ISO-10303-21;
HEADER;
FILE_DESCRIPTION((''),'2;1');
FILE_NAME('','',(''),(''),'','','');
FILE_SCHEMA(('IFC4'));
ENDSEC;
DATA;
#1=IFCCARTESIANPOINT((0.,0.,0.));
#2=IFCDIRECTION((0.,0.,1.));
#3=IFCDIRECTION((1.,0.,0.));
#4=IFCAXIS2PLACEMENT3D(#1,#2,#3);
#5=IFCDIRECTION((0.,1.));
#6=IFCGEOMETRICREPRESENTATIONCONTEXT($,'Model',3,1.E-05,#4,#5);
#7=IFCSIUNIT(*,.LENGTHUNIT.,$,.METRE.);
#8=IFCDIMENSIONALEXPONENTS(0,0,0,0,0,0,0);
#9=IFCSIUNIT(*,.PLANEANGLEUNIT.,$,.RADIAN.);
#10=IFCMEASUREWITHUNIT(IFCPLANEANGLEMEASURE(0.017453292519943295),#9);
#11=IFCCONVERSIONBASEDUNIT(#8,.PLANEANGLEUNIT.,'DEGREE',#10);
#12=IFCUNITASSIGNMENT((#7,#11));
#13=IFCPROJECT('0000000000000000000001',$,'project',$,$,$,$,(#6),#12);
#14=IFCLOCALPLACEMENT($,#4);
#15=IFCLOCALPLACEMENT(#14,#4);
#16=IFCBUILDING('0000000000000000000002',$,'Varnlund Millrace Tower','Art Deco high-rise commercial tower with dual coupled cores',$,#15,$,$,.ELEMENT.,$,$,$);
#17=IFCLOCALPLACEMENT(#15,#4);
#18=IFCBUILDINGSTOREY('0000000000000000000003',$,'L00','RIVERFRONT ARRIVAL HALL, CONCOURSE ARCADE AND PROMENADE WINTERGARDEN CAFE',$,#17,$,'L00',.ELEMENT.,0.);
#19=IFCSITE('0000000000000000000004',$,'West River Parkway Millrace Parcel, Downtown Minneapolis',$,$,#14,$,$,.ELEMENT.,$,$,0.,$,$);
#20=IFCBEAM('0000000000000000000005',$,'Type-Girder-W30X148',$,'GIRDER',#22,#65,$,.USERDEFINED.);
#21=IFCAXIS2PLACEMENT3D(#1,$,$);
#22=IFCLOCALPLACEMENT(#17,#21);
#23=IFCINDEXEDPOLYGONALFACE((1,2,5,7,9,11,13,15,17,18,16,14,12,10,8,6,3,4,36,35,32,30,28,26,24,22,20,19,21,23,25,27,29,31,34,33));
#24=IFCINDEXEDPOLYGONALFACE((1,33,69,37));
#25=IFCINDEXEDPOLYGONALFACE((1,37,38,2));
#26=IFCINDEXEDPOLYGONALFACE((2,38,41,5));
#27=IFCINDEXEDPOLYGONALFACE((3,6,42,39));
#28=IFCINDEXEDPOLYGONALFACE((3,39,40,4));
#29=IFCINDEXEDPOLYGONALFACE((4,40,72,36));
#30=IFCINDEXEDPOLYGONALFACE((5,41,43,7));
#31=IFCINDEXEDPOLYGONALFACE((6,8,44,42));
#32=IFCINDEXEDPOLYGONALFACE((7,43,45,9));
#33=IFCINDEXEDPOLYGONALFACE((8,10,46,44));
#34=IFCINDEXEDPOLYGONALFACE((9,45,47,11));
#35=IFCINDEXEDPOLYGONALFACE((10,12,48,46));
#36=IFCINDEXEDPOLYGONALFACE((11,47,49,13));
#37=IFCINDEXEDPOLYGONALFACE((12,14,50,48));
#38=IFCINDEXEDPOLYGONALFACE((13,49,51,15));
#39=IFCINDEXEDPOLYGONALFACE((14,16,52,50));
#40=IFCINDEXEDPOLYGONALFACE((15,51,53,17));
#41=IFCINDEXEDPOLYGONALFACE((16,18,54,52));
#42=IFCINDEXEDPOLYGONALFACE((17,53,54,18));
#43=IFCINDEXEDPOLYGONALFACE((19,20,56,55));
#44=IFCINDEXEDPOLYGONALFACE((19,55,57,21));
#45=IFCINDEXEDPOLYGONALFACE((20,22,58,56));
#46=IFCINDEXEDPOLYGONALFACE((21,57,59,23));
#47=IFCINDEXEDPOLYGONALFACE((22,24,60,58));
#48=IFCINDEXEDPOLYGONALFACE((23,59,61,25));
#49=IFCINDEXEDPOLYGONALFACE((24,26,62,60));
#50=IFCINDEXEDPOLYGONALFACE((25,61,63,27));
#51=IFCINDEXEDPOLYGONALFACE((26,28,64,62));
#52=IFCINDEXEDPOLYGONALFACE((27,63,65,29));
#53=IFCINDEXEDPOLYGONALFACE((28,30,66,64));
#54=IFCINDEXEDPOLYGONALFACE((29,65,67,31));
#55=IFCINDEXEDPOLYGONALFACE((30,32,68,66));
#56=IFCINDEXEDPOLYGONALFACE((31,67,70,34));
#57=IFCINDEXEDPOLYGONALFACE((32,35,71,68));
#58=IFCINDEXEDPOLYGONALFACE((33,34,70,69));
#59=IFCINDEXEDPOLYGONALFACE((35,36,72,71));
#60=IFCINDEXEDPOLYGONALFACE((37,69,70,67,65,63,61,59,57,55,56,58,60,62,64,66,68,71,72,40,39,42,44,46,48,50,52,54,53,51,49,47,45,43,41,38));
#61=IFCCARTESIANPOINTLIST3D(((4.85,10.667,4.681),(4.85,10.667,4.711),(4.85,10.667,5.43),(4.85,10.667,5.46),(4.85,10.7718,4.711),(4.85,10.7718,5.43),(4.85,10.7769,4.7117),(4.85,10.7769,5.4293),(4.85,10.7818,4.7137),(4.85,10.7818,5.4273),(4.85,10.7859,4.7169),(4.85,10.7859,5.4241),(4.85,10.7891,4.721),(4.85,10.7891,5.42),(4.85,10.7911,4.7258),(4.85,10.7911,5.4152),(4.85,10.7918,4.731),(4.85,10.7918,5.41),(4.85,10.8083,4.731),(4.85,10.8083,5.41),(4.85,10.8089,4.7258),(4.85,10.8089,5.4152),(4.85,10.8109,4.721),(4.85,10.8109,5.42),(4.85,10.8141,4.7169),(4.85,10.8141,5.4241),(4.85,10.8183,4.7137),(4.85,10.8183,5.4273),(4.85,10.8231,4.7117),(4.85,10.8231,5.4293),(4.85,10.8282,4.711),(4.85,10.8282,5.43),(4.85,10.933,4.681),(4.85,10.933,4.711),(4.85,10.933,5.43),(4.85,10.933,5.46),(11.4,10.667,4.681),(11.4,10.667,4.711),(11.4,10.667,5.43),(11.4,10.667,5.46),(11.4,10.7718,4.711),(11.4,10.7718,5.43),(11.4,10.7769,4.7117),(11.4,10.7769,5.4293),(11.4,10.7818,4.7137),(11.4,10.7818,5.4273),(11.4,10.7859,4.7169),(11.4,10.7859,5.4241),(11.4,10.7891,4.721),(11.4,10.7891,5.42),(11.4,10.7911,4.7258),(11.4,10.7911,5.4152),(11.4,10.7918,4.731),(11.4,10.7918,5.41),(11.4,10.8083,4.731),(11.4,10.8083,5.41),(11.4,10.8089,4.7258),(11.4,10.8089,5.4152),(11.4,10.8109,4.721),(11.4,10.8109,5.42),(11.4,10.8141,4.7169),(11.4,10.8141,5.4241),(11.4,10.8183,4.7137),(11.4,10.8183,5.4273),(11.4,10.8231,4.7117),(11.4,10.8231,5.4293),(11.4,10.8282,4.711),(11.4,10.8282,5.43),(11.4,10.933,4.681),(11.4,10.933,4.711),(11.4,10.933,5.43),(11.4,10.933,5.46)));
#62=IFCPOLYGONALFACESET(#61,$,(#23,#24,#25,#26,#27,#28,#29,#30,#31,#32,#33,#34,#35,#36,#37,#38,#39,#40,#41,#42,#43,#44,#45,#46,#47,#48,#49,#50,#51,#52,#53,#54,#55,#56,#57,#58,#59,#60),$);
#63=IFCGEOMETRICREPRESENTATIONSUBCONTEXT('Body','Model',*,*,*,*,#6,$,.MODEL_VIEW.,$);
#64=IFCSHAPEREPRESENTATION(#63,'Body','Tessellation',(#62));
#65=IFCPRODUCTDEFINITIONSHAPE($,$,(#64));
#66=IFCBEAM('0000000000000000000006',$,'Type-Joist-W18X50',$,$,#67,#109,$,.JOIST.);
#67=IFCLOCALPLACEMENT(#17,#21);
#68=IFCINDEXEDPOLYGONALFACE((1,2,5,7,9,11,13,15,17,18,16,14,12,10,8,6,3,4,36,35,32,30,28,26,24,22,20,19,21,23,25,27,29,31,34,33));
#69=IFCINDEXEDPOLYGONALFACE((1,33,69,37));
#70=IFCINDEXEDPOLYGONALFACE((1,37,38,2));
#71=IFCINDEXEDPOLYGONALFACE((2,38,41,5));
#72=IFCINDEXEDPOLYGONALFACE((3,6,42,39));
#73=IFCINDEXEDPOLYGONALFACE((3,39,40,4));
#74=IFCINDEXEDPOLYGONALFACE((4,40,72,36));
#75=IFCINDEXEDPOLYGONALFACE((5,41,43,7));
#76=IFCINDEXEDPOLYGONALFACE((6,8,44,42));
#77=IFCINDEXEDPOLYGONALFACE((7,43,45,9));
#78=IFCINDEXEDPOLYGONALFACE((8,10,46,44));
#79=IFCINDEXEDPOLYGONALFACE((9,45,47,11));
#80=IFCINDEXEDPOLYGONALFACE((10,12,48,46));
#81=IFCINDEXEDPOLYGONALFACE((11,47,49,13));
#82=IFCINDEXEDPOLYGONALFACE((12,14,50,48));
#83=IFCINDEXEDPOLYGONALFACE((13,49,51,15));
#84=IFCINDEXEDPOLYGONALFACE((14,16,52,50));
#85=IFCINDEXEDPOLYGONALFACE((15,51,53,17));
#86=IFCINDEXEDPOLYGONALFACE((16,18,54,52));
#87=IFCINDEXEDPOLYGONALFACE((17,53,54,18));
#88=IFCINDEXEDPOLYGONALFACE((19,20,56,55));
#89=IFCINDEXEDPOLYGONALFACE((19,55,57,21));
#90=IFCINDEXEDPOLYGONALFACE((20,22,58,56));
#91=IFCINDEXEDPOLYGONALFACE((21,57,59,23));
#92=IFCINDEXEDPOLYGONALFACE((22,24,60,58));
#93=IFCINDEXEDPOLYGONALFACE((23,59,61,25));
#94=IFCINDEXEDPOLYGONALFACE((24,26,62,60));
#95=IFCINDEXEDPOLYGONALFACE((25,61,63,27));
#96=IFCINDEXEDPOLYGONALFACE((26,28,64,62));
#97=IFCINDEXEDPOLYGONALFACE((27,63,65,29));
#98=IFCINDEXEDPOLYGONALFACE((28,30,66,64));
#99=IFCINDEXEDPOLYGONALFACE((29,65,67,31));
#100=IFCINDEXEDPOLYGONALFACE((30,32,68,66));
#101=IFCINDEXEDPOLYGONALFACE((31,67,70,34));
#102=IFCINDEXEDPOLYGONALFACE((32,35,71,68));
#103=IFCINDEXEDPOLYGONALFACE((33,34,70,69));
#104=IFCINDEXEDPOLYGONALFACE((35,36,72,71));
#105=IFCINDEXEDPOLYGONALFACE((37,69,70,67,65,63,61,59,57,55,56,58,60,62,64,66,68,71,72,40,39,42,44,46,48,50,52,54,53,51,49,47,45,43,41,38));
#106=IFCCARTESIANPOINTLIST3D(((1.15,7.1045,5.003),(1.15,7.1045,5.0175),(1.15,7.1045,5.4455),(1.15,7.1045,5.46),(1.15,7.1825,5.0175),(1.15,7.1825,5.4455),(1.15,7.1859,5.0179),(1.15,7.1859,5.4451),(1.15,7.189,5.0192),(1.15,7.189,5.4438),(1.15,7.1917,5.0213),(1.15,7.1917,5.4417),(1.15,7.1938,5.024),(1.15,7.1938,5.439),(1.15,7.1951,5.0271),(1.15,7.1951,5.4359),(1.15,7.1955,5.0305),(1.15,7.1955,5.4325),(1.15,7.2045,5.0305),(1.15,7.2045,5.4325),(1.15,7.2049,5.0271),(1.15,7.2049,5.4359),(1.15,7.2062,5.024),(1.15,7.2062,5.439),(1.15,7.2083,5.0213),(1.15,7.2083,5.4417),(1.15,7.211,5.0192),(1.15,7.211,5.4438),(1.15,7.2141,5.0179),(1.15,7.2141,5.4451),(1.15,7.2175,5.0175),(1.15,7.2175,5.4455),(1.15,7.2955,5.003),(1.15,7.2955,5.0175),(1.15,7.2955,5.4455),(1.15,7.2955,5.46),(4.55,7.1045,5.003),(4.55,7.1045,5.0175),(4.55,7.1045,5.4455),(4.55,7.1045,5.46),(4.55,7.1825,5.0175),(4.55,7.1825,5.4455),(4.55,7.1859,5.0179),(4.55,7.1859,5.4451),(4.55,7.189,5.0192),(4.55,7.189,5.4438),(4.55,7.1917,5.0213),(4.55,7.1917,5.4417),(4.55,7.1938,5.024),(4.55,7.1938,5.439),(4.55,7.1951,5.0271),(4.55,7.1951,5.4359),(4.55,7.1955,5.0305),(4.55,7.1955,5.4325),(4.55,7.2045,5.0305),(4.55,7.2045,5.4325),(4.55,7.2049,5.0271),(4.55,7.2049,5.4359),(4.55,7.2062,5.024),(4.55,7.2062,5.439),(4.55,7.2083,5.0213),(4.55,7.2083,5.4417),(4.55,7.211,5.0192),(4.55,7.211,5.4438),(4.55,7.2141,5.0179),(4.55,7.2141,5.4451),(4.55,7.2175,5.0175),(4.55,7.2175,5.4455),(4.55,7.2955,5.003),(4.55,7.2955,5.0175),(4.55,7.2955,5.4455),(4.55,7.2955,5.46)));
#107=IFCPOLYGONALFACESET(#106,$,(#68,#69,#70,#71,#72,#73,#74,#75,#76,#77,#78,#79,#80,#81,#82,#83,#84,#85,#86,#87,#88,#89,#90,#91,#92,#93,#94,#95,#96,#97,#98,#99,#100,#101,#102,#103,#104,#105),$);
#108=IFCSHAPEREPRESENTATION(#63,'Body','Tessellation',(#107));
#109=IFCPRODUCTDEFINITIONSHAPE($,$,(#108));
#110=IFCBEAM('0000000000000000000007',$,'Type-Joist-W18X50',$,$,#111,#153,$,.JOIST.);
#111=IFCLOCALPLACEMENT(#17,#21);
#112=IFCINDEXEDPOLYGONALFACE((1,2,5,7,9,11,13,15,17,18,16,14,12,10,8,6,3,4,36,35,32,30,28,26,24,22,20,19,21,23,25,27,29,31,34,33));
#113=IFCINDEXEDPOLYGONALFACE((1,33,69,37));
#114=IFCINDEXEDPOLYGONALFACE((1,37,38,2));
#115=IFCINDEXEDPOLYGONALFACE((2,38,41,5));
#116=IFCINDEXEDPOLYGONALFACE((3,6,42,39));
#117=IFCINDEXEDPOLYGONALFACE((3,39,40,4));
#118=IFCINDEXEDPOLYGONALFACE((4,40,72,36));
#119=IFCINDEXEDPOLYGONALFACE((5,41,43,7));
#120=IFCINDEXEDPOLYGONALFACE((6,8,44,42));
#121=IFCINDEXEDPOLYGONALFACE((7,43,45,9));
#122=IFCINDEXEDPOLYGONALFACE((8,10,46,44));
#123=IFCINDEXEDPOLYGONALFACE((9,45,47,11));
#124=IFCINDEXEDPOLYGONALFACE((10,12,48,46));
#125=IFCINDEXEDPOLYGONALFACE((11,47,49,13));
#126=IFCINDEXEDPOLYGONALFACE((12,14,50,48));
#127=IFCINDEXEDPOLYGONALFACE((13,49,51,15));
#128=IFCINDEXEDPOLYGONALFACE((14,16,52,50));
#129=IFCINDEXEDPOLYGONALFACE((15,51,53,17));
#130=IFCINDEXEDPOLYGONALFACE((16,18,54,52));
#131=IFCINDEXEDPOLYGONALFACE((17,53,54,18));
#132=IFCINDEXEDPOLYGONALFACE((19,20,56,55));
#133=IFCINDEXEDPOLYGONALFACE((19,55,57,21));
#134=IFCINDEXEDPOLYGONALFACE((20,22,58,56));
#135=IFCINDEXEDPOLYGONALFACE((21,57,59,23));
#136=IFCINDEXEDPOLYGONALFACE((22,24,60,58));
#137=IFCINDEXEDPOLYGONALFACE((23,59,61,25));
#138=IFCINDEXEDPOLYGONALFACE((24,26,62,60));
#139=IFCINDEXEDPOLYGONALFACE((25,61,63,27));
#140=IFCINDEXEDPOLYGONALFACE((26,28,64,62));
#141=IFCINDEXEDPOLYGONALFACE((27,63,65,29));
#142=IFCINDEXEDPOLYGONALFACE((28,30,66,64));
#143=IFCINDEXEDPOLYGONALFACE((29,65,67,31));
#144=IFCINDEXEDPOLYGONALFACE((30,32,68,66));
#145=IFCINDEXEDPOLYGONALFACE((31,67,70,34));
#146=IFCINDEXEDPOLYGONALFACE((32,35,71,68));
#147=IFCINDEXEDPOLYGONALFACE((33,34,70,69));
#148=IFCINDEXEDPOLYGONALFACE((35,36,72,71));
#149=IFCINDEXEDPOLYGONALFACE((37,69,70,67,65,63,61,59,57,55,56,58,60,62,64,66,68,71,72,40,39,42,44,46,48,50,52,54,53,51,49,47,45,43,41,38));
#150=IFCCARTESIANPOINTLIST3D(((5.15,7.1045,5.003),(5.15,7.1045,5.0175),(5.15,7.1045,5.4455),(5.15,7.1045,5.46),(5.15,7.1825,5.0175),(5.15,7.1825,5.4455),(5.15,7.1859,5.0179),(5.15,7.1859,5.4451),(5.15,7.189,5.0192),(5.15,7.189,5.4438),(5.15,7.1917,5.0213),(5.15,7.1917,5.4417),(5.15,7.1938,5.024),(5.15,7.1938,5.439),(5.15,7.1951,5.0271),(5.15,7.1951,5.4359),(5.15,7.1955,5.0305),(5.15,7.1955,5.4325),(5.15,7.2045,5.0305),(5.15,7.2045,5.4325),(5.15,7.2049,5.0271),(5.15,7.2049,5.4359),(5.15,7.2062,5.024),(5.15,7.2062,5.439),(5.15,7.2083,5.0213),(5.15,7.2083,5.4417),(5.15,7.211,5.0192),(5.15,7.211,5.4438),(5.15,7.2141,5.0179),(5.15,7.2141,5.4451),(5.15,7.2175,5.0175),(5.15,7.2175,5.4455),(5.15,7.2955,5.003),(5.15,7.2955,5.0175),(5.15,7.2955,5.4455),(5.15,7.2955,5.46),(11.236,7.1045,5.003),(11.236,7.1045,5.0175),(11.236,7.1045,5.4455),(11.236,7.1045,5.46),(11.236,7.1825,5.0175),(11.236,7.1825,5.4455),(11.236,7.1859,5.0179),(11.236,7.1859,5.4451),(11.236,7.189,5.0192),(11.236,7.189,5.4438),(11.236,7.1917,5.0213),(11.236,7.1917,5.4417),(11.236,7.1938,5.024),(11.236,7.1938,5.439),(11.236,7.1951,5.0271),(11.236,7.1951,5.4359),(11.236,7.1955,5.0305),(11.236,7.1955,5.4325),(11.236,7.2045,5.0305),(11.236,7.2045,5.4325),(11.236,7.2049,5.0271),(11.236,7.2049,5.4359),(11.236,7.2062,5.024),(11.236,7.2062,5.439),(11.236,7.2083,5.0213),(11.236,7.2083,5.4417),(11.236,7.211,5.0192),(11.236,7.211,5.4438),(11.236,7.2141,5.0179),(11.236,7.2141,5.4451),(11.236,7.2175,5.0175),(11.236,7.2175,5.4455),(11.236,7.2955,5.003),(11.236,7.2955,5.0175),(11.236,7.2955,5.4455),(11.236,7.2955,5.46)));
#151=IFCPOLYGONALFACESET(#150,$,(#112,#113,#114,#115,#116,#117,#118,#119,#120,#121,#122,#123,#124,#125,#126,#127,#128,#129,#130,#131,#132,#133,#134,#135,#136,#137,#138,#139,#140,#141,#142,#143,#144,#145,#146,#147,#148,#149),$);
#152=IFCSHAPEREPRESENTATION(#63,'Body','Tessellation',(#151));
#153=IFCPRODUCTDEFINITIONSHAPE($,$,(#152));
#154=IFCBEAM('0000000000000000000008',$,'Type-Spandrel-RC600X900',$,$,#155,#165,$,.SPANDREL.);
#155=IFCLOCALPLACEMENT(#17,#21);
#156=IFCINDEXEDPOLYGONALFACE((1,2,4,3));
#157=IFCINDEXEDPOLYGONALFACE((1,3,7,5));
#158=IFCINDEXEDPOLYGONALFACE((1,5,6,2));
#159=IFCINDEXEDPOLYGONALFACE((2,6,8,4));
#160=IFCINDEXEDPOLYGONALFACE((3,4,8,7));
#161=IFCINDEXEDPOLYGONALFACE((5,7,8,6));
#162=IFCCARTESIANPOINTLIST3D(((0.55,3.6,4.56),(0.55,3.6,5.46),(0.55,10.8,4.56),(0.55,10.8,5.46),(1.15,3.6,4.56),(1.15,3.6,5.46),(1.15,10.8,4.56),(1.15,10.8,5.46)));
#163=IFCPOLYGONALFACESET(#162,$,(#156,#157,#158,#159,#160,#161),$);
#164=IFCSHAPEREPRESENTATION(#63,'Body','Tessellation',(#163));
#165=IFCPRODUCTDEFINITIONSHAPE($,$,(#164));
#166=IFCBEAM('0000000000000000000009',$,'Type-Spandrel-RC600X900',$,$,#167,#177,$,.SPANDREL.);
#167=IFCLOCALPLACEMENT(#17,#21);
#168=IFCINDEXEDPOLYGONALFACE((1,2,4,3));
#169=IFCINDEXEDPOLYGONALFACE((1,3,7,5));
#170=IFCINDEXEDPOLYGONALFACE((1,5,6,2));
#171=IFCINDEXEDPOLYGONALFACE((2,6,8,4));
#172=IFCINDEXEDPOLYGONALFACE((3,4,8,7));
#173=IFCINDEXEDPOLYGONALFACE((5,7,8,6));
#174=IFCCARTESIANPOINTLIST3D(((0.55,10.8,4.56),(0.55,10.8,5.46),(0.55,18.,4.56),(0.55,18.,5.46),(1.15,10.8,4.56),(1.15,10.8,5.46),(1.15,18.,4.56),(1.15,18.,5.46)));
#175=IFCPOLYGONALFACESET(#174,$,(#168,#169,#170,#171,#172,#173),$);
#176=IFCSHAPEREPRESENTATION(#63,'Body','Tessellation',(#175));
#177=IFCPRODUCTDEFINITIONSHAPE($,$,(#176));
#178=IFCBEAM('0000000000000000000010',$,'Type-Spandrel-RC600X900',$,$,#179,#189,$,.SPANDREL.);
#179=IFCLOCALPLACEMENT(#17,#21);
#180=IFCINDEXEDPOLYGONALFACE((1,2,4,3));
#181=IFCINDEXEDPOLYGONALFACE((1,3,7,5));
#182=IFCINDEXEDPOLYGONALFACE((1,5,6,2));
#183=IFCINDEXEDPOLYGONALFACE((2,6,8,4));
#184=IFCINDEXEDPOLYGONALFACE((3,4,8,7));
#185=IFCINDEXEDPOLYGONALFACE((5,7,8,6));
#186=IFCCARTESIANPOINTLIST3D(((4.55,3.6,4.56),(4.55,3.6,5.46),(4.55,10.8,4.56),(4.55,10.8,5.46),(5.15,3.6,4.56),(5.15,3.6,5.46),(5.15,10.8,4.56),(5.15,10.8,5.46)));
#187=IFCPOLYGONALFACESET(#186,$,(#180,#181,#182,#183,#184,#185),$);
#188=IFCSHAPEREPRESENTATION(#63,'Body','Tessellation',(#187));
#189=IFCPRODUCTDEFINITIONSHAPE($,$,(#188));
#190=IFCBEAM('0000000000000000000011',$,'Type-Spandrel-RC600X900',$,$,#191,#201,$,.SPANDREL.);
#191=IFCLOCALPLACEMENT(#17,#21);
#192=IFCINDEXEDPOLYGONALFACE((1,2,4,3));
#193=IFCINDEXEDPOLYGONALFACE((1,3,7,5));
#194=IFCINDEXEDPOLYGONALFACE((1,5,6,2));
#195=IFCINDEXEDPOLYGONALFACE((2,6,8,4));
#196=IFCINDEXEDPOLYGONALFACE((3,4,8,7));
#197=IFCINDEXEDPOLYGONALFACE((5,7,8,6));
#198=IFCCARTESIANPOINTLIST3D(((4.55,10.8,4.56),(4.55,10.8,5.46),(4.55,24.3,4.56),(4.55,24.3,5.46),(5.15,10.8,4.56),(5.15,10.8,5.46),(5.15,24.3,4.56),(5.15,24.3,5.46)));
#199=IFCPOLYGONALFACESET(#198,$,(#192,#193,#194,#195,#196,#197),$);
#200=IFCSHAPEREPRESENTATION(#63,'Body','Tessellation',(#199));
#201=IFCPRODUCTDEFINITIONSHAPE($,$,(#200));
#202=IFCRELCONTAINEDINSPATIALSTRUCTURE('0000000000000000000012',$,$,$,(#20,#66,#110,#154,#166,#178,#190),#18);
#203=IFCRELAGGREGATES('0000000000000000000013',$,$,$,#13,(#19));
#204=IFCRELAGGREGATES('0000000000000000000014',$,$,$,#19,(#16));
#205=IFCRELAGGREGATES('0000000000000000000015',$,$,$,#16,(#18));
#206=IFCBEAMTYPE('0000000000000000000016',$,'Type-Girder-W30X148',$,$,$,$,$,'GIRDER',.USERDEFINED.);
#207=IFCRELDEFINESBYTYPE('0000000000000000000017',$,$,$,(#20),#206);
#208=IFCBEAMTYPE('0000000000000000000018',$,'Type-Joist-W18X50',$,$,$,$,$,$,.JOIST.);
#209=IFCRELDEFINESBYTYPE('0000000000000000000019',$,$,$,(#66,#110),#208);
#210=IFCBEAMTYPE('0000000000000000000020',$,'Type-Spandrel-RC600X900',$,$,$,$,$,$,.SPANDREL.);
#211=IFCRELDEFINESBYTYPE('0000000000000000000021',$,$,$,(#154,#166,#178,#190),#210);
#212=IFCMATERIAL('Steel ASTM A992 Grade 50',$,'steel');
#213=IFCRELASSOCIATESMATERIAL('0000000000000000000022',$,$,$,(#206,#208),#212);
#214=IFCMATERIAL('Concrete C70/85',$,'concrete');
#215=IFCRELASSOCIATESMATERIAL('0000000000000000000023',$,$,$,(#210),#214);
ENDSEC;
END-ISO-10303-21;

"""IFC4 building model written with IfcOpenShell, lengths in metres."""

from ifc_helpers import new_model, entity, si_unit, converted_unit, direction, frame, origin_with_axes, origin_2d_with_axis, place, context, subcontext, project, spatial, rectangle, i_section, extrude, material, material_profile, profile_set, type_object, element, save


model = new_model("IFC4")

# Units and contexts
model_context = context("Model", 3, precision=1e-05, world=origin_with_axes(), true_north=direction((0.0, 1.0)))
body_context = subcontext(model_context, "Body", "Model", "MODEL_VIEW")
ifc_project = project(units=[si_unit("LENGTHUNIT", "METRE"), converted_unit("PLANEANGLEUNIT", "DEGREE", entity("IfcPlaneAngleMeasure", 0.017453292519943295), si_unit("PLANEANGLEUNIT", "RADIAN"), dimensions=[0, 0, 0, 0, 0, 0, 0])], contexts=[model_context])

# Site, building, storey
site_placement = place(None, origin_with_axes())
site = spatial("IfcSite", under=ifc_project, at=site_placement, Name="West River Parkway Millrace Parcel, Downtown Minneapolis", CompositionType="ELEMENT", RefElevation=0.0)
building_placement = place(site_placement, origin_with_axes())
building = spatial("IfcBuilding", under=site, at=building_placement, Name="Varnlund Millrace Tower", Description="Art Deco high-rise commercial tower with dual coupled cores", CompositionType="ELEMENT")
storey_placement = place(building_placement, origin_with_axes())
storey = spatial("IfcBuildingStorey", under=building, at=storey_placement, Name="L00", Description="RIVERFRONT ARRIVAL HALL, CONCOURSE ARCADE AND PROMENADE WINTERGARDEN CAFE", LongName="L00", CompositionType="ELEMENT", Elevation=0.0)

# Beams
ifc_material_1 = material(Name="Steel ASTM A992 Grade 50", Category="steel")
ifc_material_profile_1 = material_profile(ifc_material_1, i_section(OverallWidth=0.266, OverallDepth=0.779, WebThickness=0.0165, FlangeThickness=0.03, FilletRadius=0.02, at=origin_2d_with_axis()), Name="Steel ASTM A992 Grade 50")
ifc_profile_set_1 = profile_set([ifc_material_profile_1], Name="Steel ASTM A992 Grade 50")
beam_type_1 = type_object("IfcBeamType", Name="Type-Girder-W30X148", ElementType="GIRDER", PredefinedType="USERDEFINED", material=ifc_profile_set_1)
beam_1_placement = place(storey_placement, frame((4.85, 10.8, 5.0705), z_axis=(1.0, 0.0, 0.0), x_axis=(0.0, 1.0, 0.0)))
element("IfcBeam", 1, at=beam_1_placement, inside=storey, type_object=beam_type_1, Name="Type-Girder-W30X148", ObjectType="GIRDER", PredefinedType="USERDEFINED", context=body_context, shape_type="SweptSolid", body=[
    extrude(i_section(OverallWidth=0.266, OverallDepth=0.779, WebThickness=0.0165, FlangeThickness=0.03, FilletRadius=0.02, at=origin_2d_with_axis()), origin_with_axes(), (0.0, 0.0, 1.0), 6.55),
])
ifc_material_profile_2 = material_profile(ifc_material_1, i_section(OverallWidth=0.191, OverallDepth=0.457, WebThickness=0.009, FlangeThickness=0.0145, FilletRadius=0.013, at=origin_2d_with_axis()), Name="Steel ASTM A992 Grade 50")
ifc_profile_set_2 = profile_set([ifc_material_profile_2], Name="Steel ASTM A992 Grade 50")
beam_type_2 = type_object("IfcBeamType", Name="Type-Joist-W18X50", PredefinedType="JOIST", material=ifc_profile_set_2)
beam_2_placement = place(storey_placement, frame((1.15, 7.2, 5.2315), z_axis=(1.0, 0.0, 0.0), x_axis=(0.0, 1.0, 0.0)))
element("IfcBeam", 2, at=beam_2_placement, inside=storey, type_object=beam_type_2, Name="Type-Joist-W18X50", PredefinedType="JOIST", context=body_context, shape_type="SweptSolid", body=[
    extrude(i_section(OverallWidth=0.191, OverallDepth=0.457, WebThickness=0.009, FlangeThickness=0.0145, FilletRadius=0.013, at=origin_2d_with_axis()), origin_with_axes(), (0.0, 0.0, 1.0), 3.4),
])
beam_3_placement = place(storey_placement, frame((5.15, 7.2, 5.2315), z_axis=(1.0, 0.0, 0.0), x_axis=(0.0, 1.0, 0.0)))
element("IfcBeam", 3, at=beam_3_placement, inside=storey, type_object=beam_type_2, Name="Type-Joist-W18X50", PredefinedType="JOIST", context=body_context, shape_type="SweptSolid", body=[
    extrude(i_section(OverallWidth=0.191, OverallDepth=0.457, WebThickness=0.009, FlangeThickness=0.0145, FilletRadius=0.013, at=origin_2d_with_axis()), origin_with_axes(), (0.0, 0.0, 1.0), 6.086),
])
ifc_material_2 = material(Name="Concrete C70/85", Category="concrete")
ifc_material_profile_3 = material_profile(ifc_material_2, rectangle(XDim=0.6, YDim=0.9, at=origin_2d_with_axis()), Name="Concrete C70/85")
ifc_profile_set_3 = profile_set([ifc_material_profile_3], Name="Concrete C70/85")
beam_type_3 = type_object("IfcBeamType", Name="Type-Spandrel-RC600X900", PredefinedType="SPANDREL", material=ifc_profile_set_3)
for number, where, z_axis, x_axis, name in (
    (4, (0.85, 3.6, 5.01), (0.0, 1.0, 0.0), (-1.0, 0.0, 0.0), "Type-Spandrel-RC600X900"),
    (5, (0.85, 10.8, 5.01), (0.0, 1.0, 0.0), (-1.0, 0.0, 0.0), "Type-Spandrel-RC600X900"),
    (6, (4.85, 3.6, 5.01), (0.0, 1.0, 0.0), (-1.0, 0.0, 0.0), "Type-Spandrel-RC600X900"),
):
    element("IfcBeam", number, at=place(storey_placement, frame(where, z_axis=z_axis, x_axis=x_axis)), inside=storey, type_object=beam_type_3, Name=name, PredefinedType="SPANDREL", context=body_context, shape_type="SweptSolid", body=[
        extrude(rectangle(XDim=0.6, YDim=0.9, at=origin_2d_with_axis()), origin_with_axes(), (0.0, 0.0, 1.0), 7.2),
    ])
beam_4_placement = place(storey_placement, frame((4.85, 10.8, 5.01), z_axis=(0.0, 1.0, 0.0), x_axis=(-1.0, 0.0, 0.0)))
element("IfcBeam", 7, at=beam_4_placement, inside=storey, type_object=beam_type_3, Name="Type-Spandrel-RC600X900", PredefinedType="SPANDREL", context=body_context, shape_type="SweptSolid", body=[
    extrude(rectangle(XDim=0.6, YDim=0.9, at=origin_2d_with_axis()), origin_with_axes(), (0.0, 0.0, 1.0), 13.5),
])

save(model, "model.ifc")
